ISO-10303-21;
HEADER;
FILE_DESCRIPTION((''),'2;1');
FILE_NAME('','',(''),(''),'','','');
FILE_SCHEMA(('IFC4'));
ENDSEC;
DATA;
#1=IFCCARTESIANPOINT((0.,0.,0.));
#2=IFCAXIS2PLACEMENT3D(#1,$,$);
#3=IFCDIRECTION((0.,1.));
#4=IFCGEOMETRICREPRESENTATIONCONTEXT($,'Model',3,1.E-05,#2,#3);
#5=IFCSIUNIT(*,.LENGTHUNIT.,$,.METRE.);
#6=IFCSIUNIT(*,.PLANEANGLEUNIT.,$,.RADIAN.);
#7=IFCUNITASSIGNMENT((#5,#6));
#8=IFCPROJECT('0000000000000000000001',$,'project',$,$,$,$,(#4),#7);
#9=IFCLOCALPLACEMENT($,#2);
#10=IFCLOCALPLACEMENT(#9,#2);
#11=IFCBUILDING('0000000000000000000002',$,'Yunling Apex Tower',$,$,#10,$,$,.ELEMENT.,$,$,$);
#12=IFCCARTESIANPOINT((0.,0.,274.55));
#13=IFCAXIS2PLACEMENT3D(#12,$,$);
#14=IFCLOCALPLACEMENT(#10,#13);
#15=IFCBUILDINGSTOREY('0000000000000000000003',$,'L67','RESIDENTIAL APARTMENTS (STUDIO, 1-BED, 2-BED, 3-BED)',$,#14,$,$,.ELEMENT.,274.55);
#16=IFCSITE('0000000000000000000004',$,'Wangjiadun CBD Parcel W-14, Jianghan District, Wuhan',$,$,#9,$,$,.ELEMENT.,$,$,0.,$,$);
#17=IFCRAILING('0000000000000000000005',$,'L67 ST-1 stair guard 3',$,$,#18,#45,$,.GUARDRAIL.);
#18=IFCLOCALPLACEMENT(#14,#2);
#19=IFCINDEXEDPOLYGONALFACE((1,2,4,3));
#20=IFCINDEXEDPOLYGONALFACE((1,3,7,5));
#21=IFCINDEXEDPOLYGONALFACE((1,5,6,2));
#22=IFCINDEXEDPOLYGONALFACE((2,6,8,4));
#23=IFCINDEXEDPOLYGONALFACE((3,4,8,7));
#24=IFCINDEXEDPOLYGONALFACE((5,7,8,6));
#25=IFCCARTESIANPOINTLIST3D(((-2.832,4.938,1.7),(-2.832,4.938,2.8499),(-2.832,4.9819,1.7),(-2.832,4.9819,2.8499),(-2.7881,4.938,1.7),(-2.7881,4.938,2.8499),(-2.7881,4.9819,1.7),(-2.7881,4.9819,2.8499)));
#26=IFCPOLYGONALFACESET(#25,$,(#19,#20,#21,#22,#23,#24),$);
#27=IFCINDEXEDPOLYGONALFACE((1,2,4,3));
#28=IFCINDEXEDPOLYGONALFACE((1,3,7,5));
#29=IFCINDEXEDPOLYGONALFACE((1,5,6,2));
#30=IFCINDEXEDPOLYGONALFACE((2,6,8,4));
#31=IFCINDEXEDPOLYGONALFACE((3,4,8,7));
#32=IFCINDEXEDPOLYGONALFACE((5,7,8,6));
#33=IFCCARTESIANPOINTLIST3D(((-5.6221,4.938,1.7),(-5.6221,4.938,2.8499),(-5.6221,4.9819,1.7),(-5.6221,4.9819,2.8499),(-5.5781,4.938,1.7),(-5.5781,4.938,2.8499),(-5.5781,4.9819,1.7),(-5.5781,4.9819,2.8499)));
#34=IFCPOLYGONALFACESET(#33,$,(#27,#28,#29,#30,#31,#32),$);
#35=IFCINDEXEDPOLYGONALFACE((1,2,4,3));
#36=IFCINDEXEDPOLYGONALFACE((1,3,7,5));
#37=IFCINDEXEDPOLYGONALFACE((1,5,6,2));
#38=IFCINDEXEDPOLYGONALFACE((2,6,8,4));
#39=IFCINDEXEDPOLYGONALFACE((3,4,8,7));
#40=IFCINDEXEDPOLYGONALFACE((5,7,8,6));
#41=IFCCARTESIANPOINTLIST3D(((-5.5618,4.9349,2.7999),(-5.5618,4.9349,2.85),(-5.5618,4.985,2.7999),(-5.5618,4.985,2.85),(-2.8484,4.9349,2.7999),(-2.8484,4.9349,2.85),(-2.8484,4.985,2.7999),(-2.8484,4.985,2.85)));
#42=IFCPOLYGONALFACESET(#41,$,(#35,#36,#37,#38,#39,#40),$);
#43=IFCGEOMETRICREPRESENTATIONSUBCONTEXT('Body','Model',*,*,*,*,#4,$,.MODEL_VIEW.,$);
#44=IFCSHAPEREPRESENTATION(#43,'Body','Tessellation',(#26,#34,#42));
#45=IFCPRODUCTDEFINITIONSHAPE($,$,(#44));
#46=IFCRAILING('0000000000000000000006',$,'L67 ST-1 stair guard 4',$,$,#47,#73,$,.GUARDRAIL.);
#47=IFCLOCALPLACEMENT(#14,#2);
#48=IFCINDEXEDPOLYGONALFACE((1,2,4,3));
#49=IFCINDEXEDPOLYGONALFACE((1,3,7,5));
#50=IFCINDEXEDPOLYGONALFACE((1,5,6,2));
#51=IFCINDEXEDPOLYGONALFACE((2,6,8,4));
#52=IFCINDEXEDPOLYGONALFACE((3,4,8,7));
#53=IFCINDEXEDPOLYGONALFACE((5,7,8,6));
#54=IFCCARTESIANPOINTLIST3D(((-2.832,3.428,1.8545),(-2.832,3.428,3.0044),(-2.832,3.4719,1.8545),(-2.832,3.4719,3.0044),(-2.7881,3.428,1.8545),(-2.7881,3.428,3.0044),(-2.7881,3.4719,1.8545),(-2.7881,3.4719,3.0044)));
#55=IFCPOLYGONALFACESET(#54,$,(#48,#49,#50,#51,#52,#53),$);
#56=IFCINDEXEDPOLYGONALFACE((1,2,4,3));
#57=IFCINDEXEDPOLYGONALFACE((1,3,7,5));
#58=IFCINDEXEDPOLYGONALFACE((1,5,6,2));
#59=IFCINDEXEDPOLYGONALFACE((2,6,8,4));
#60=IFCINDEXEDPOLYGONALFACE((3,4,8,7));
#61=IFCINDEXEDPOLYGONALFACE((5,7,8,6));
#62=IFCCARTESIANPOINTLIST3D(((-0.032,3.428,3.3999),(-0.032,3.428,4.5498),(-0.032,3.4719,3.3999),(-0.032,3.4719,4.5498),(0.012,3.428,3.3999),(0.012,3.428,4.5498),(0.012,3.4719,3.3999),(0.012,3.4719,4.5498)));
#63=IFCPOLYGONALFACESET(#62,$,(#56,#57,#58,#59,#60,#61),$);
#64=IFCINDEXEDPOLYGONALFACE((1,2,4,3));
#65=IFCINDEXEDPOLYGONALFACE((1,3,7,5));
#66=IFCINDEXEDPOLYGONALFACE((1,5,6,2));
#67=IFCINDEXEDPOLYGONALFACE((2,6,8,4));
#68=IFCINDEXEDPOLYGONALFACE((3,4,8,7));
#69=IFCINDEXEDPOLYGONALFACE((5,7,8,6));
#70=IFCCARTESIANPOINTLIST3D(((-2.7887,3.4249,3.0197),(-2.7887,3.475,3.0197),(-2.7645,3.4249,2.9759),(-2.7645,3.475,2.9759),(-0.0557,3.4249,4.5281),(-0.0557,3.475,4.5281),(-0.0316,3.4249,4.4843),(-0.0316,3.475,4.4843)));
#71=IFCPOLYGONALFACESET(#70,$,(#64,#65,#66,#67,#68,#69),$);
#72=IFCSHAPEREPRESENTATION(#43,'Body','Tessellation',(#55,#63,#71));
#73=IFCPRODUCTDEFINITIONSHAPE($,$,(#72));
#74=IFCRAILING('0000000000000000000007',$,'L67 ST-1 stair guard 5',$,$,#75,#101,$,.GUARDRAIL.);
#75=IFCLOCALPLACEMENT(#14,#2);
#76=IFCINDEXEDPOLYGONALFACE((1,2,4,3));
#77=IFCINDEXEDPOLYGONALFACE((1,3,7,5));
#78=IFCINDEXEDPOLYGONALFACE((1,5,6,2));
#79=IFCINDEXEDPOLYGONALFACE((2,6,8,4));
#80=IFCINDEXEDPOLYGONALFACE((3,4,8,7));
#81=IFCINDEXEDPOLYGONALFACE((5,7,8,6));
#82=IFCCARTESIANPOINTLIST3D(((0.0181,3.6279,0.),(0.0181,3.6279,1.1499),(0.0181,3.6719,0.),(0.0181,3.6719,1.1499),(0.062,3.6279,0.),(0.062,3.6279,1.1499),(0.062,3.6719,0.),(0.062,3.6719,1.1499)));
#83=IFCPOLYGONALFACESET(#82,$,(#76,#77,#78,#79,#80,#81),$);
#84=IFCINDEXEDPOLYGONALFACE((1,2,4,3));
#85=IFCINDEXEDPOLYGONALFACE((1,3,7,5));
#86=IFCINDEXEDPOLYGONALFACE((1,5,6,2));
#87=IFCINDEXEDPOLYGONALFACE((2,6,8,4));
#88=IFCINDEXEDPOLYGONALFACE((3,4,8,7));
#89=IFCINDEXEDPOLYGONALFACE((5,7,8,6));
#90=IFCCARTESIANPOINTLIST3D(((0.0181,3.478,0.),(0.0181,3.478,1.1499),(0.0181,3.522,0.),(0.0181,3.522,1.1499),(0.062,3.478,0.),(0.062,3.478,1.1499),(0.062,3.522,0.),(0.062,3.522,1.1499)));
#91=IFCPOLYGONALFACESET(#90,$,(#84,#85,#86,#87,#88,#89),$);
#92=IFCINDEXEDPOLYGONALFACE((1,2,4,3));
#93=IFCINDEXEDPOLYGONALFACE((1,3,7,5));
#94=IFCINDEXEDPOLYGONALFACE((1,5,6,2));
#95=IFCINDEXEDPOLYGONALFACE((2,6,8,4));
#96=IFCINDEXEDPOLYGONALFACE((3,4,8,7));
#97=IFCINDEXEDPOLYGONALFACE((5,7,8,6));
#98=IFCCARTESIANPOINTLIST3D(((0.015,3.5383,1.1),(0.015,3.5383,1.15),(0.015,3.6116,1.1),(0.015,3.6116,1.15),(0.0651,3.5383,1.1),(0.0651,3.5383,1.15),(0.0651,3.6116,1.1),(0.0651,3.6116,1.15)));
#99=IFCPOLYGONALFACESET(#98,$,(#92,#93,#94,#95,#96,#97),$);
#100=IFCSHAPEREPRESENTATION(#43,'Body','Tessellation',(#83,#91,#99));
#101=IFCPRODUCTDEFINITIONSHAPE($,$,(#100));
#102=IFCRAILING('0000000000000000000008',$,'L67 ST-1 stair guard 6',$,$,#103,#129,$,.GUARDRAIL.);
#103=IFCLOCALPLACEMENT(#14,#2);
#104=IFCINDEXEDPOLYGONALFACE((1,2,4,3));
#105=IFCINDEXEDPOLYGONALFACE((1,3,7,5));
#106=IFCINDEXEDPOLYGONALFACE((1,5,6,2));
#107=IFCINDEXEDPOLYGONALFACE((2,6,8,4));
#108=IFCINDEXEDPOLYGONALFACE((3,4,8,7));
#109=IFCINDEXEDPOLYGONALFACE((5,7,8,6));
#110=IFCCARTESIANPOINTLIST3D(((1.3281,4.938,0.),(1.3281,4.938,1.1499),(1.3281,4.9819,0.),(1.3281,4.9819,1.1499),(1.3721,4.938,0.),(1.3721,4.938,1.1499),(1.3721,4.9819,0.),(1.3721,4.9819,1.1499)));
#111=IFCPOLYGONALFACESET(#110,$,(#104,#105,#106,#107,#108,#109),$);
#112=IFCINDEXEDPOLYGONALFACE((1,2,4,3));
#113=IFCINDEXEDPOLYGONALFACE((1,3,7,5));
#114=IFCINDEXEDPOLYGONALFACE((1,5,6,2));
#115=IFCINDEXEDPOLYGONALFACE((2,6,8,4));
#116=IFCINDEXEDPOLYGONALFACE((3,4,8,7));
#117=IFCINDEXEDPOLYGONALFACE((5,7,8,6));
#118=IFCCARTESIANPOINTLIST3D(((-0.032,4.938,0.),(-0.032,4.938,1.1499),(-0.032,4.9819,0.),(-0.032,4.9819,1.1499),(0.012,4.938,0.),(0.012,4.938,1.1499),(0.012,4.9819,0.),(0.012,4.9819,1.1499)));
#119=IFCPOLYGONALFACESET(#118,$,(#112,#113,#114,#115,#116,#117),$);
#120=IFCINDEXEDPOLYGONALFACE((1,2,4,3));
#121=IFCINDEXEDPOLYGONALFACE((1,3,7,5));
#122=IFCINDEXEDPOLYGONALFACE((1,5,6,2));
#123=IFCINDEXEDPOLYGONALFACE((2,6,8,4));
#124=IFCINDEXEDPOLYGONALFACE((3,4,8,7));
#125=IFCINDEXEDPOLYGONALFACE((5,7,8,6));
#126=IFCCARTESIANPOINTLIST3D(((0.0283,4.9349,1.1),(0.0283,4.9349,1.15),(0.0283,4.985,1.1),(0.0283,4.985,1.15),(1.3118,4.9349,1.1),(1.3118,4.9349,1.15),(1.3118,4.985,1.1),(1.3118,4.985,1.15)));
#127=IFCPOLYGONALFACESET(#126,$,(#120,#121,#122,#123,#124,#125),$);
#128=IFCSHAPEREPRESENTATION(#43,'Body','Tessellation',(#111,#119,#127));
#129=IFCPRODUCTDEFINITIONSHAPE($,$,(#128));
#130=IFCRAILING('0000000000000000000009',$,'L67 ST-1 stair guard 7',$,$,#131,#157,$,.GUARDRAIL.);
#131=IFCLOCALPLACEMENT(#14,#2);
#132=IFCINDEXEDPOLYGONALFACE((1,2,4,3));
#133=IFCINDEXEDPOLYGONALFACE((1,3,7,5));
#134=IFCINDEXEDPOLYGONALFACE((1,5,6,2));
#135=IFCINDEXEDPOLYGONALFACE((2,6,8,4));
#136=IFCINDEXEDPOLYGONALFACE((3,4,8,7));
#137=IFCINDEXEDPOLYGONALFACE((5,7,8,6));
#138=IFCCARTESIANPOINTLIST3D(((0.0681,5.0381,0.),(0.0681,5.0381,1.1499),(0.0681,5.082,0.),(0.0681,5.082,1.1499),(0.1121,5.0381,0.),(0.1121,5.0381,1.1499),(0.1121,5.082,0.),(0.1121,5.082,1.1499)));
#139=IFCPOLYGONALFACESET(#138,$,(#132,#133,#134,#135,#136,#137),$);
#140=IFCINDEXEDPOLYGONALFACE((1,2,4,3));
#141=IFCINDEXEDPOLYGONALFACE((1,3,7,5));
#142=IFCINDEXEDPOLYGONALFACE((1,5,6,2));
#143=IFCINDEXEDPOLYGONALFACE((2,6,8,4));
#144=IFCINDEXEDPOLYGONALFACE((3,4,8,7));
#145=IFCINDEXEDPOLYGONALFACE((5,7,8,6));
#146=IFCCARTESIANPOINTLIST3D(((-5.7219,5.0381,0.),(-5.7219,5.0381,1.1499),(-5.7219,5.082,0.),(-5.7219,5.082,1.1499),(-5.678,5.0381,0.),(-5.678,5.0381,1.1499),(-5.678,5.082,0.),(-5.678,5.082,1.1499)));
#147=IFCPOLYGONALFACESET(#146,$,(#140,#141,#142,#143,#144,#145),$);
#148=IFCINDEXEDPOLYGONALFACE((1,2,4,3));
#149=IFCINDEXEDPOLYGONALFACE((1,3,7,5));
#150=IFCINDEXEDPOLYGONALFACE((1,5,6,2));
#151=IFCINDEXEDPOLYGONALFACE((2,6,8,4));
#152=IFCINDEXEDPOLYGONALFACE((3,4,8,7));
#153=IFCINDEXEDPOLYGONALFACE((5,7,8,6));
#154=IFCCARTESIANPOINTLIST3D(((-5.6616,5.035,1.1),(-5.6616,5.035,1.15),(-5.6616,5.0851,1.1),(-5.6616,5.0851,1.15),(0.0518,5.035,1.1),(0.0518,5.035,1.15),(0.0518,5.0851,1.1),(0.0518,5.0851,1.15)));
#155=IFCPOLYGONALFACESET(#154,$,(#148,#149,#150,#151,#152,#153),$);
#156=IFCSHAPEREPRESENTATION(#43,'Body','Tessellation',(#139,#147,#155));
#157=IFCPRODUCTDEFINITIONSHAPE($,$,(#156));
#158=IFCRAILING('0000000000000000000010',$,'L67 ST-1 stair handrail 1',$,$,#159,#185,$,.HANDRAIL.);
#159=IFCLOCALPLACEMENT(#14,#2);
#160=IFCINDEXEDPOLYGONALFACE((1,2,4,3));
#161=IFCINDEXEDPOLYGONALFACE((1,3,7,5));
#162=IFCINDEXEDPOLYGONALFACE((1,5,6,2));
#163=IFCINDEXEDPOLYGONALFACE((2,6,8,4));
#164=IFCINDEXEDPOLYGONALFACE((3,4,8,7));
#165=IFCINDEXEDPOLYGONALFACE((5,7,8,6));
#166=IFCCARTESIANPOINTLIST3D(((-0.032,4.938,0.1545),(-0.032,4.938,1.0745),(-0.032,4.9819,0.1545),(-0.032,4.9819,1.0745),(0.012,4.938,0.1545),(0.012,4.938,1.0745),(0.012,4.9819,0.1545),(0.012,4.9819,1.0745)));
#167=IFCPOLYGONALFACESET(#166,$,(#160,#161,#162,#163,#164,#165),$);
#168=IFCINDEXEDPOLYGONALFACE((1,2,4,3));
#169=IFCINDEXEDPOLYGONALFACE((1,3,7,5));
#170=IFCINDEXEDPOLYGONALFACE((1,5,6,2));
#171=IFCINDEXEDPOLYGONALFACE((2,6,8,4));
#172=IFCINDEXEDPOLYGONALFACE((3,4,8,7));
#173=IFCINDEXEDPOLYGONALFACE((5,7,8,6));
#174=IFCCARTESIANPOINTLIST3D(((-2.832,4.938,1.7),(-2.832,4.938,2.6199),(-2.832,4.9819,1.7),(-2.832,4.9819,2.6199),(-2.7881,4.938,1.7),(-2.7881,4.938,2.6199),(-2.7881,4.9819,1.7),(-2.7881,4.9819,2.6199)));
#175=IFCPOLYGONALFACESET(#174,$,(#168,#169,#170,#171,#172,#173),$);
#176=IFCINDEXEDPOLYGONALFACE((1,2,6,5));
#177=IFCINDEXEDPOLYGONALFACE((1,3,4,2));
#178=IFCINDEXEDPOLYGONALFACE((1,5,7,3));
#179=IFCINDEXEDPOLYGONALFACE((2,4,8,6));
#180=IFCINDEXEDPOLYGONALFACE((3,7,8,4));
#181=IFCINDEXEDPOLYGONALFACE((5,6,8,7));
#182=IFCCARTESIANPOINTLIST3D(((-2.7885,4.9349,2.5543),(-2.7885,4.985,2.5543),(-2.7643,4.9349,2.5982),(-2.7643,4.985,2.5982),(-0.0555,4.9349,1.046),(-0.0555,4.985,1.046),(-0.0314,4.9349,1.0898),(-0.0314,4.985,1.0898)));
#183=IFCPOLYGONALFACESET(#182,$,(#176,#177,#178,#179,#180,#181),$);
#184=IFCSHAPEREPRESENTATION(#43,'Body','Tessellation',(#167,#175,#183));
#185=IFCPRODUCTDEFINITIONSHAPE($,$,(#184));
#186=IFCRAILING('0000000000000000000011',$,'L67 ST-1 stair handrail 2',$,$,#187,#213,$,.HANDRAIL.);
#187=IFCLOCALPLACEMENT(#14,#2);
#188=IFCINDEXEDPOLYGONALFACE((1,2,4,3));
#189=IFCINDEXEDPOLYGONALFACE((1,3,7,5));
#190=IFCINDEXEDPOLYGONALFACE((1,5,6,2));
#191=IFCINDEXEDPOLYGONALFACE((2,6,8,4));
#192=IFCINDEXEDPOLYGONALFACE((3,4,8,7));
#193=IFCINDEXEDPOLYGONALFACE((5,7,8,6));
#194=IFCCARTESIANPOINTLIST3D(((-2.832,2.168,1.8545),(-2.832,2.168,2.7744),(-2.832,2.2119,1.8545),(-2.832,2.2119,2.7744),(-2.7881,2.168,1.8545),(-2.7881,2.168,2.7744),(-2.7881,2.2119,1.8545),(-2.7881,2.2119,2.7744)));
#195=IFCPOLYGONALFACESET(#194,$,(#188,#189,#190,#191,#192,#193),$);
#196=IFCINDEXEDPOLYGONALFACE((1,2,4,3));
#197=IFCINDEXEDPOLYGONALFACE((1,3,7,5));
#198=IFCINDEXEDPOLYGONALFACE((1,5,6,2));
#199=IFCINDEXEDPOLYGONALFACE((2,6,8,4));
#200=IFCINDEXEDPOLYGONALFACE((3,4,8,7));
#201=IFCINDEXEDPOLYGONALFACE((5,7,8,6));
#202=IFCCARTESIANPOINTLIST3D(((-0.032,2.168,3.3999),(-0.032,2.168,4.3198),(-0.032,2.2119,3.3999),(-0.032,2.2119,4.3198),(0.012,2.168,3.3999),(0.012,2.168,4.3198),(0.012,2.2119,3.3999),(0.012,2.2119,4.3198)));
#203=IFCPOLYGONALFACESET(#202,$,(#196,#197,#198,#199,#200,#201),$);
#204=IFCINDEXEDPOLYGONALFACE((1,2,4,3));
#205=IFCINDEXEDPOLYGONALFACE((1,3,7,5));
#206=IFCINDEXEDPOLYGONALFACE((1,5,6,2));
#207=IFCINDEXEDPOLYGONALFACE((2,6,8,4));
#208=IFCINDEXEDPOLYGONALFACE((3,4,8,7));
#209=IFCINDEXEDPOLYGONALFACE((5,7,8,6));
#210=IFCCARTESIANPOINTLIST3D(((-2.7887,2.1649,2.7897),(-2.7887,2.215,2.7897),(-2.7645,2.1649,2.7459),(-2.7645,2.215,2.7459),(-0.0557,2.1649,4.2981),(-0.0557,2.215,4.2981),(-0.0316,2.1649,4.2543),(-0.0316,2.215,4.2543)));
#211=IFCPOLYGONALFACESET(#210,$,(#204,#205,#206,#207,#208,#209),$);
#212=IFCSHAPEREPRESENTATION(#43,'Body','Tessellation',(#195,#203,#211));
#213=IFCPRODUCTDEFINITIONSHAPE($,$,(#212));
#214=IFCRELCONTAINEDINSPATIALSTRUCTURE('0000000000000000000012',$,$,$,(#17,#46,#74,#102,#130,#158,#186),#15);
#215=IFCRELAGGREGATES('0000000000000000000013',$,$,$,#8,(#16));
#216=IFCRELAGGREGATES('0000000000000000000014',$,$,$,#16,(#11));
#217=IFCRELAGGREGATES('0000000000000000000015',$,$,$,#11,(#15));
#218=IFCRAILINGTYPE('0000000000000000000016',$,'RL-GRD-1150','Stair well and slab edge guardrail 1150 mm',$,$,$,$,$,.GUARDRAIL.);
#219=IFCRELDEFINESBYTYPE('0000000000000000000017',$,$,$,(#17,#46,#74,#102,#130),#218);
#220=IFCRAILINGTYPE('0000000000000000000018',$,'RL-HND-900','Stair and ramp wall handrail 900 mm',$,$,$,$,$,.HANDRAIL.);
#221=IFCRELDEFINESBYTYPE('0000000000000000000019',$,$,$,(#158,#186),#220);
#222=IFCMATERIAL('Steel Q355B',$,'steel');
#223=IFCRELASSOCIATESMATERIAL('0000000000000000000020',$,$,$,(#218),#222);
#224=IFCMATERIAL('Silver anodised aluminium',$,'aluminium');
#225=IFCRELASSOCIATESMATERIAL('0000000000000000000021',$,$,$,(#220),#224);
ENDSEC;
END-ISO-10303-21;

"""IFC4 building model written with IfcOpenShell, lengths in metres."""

from ifc_helpers import new_model, si_unit, direction, frame, origin, origin_2d, place, context, subcontext, project, spatial, rectangle, extrude, material, type_object, element, save


model = new_model("IFC4")

# Units and contexts
model_context = context("Model", 3, precision=1e-05, world=origin(), true_north=direction((0.0, 1.0)))
body_context = subcontext(model_context, "Body", "Model", "MODEL_VIEW")
ifc_project = project(units=[si_unit("LENGTHUNIT", "METRE"), si_unit("PLANEANGLEUNIT", "RADIAN")], contexts=[model_context])

# Site, building, storey
site_placement = place(None, origin())
site = spatial("IfcSite", under=ifc_project, at=site_placement, Name="Wangjiadun CBD Parcel W-14, Jianghan District, Wuhan", CompositionType="ELEMENT", RefElevation=0.0)
building_placement = place(site_placement, origin())
building = spatial("IfcBuilding", under=site, at=building_placement, Name="Yunling Apex Tower", CompositionType="ELEMENT")
storey_placement = place(building_placement, frame((0.0, 0.0, 274.55)))
storey = spatial("IfcBuildingStorey", under=building, at=storey_placement, Name="L67", Description="RESIDENTIAL APARTMENTS (STUDIO, 1-BED, 2-BED, 3-BED)", CompositionType="ELEMENT", Elevation=274.55)

# Shared definitions
ifc_material_1 = material(Name="Steel Q355B", Category="steel")

# Railings
railing_type_1 = type_object("IfcRailingType", Name="RL-GRD-1150", Description="Stair well and slab edge guardrail 1150 mm", PredefinedType="GUARDRAIL", material=ifc_material_1)
railing_1_placement = place(storey_placement, frame((-2.8101, 4.96, 1.7)))
element("IfcRailing", 1, at=railing_1_placement, inside=storey, type_object=railing_type_1, Name="L67 ST-1 stair guard 3", PredefinedType="GUARDRAIL", context=body_context, shape_type="SweptSolid", body=[
    extrude(rectangle(XDim=0.0439, YDim=0.0439, at=origin_2d()), origin(), (0.0, 0.0, 1.0), 1.1499),
    extrude(rectangle(XDim=0.0439, YDim=0.0439, at=origin_2d()), frame((-2.79, 0.0, 0.0)), (0.0, 0.0, 1.0), 1.1499),
    extrude(rectangle(XDim=0.05, YDim=0.05, at=origin_2d()), frame((-0.0383, 0.0, 1.125), z_axis=(-1.0, 0.0, 0.0), x_axis=(0.0, -1.0, 0.0)), (0.0, 0.0, 1.0), 2.7134),
])
railing_2_placement = place(storey_placement, frame((-2.8101, 3.45, 1.8545)))
element("IfcRailing", 2, at=railing_2_placement, inside=storey, type_object=railing_type_1, Name="L67 ST-1 stair guard 4", PredefinedType="GUARDRAIL", context=body_context, shape_type="SweptSolid", body=[
    extrude(rectangle(XDim=0.0439, YDim=0.0439, at=origin_2d()), origin(), (0.0, 0.0, 1.0), 1.1499),
    extrude(rectangle(XDim=0.0439, YDim=0.0439, at=origin_2d()), frame((2.8, 0.0, 1.5454)), (0.0, 0.0, 1.0), 1.1499),
    extrude(rectangle(XDim=0.05, YDim=0.05, at=origin_2d()), frame((0.0334, 0.0, 1.1433), z_axis=(0.875504, 0.0, 0.483211), x_axis=(0.0, 1.0, 0.0)), (0.0, 0.0, 1.0), 3.1216),
])
railing_3_placement = place(storey_placement, frame((0.04, 3.6499, 0.0)))
element("IfcRailing", 3, at=railing_3_placement, inside=storey, type_object=railing_type_1, Name="L67 ST-1 stair guard 5", PredefinedType="GUARDRAIL", context=body_context, shape_type="SweptSolid", body=[
    extrude(rectangle(XDim=0.0439, YDim=0.0439, at=origin_2d()), origin(), (0.0, 0.0, 1.0), 1.1499),
    extrude(rectangle(XDim=0.0439, YDim=0.0439, at=origin_2d()), frame((0.0, -0.1499, 0.0)), (0.0, 0.0, 1.0), 1.1499),
    extrude(rectangle(XDim=0.05, YDim=0.05, at=origin_2d()), frame((0.0, -0.0383, 1.125), z_axis=(0.0, -1.0, 0.0), x_axis=(1.0, 0.0, 0.0)), (0.0, 0.0, 1.0), 0.0732),
])
railing_4_placement = place(storey_placement, frame((1.3501, 4.96, 0.0)))
element("IfcRailing", 4, at=railing_4_placement, inside=storey, type_object=railing_type_1, Name="L67 ST-1 stair guard 6", PredefinedType="GUARDRAIL", context=body_context, shape_type="SweptSolid", body=[
    extrude(rectangle(XDim=0.0439, YDim=0.0439, at=origin_2d()), origin(), (0.0, 0.0, 1.0), 1.1499),
    extrude(rectangle(XDim=0.0439, YDim=0.0439, at=origin_2d()), frame((-1.3601, 0.0, 0.0)), (0.0, 0.0, 1.0), 1.1499),
    extrude(rectangle(XDim=0.05, YDim=0.05, at=origin_2d()), frame((-0.0383, 0.0, 1.125), z_axis=(-1.0, 0.0, 0.0), x_axis=(0.0, -1.0, 0.0)), (0.0, 0.0, 1.0), 1.2834),
])
railing_5_placement = place(storey_placement, frame((0.0901, 5.0601, 0.0)))
element("IfcRailing", 5, at=railing_5_placement, inside=storey, type_object=railing_type_1, Name="L67 ST-1 stair guard 7", PredefinedType="GUARDRAIL", context=body_context, shape_type="SweptSolid", body=[
    extrude(rectangle(XDim=0.0439, YDim=0.0439, at=origin_2d()), origin(), (0.0, 0.0, 1.0), 1.1499),
    extrude(rectangle(XDim=0.0439, YDim=0.0439, at=origin_2d()), frame((-5.79, 0.0, 0.0)), (0.0, 0.0, 1.0), 1.1499),
    extrude(rectangle(XDim=0.05, YDim=0.05, at=origin_2d()), frame((-0.0383, 0.0, 1.125), z_axis=(-1.0, 0.0, 0.0), x_axis=(0.0, -1.0, 0.0)), (0.0, 0.0, 1.0), 5.7134),
])
ifc_material_2 = material(Name="Silver anodised aluminium", Category="aluminium")
railing_type_2 = type_object("IfcRailingType", Name="RL-HND-900", Description="Stair and ramp wall handrail 900 mm", PredefinedType="HANDRAIL", material=ifc_material_2)
railing_6_placement = place(storey_placement, frame((-0.01, 4.96, 0.1545)))
element("IfcRailing", 6, at=railing_6_placement, inside=storey, type_object=railing_type_2, Name="L67 ST-1 stair handrail 1", PredefinedType="HANDRAIL", context=body_context, shape_type="SweptSolid", body=[
    extrude(rectangle(XDim=0.0439, YDim=0.0439, at=origin_2d()), origin(), (0.0, 0.0, 1.0), 0.9199),
    extrude(rectangle(XDim=0.0439, YDim=0.0439, at=origin_2d()), frame((-2.8, 0.0, 1.5454)), (0.0, 0.0, 1.0), 0.9199),
    extrude(rectangle(XDim=0.05, YDim=0.05, at=origin_2d()), frame((-0.0334, 0.0, 0.9133), z_axis=(-0.875504, 0.0, 0.483211), x_axis=(0.0, -1.0, 0.0)), (0.0, 0.0, 1.0), 3.1216),
])
railing_7_placement = place(storey_placement, frame((-2.8101, 2.1899, 1.8545)))
element("IfcRailing", 7, at=railing_7_placement, inside=storey, type_object=railing_type_2, Name="L67 ST-1 stair handrail 2", PredefinedType="HANDRAIL", context=body_context, shape_type="SweptSolid", body=[
    extrude(rectangle(XDim=0.0439, YDim=0.0439, at=origin_2d()), origin(), (0.0, 0.0, 1.0), 0.9199),
    extrude(rectangle(XDim=0.0439, YDim=0.0439, at=origin_2d()), frame((2.8, 0.0, 1.5454)), (0.0, 0.0, 1.0), 0.9199),
    extrude(rectangle(XDim=0.05, YDim=0.05, at=origin_2d()), frame((0.0334, 0.0, 0.9133), z_axis=(0.875504, 0.0, 0.483211), x_axis=(0.0, 1.0, 0.0)), (0.0, 0.0, 1.0), 3.1216),
])

save(model, "model.ifc")
